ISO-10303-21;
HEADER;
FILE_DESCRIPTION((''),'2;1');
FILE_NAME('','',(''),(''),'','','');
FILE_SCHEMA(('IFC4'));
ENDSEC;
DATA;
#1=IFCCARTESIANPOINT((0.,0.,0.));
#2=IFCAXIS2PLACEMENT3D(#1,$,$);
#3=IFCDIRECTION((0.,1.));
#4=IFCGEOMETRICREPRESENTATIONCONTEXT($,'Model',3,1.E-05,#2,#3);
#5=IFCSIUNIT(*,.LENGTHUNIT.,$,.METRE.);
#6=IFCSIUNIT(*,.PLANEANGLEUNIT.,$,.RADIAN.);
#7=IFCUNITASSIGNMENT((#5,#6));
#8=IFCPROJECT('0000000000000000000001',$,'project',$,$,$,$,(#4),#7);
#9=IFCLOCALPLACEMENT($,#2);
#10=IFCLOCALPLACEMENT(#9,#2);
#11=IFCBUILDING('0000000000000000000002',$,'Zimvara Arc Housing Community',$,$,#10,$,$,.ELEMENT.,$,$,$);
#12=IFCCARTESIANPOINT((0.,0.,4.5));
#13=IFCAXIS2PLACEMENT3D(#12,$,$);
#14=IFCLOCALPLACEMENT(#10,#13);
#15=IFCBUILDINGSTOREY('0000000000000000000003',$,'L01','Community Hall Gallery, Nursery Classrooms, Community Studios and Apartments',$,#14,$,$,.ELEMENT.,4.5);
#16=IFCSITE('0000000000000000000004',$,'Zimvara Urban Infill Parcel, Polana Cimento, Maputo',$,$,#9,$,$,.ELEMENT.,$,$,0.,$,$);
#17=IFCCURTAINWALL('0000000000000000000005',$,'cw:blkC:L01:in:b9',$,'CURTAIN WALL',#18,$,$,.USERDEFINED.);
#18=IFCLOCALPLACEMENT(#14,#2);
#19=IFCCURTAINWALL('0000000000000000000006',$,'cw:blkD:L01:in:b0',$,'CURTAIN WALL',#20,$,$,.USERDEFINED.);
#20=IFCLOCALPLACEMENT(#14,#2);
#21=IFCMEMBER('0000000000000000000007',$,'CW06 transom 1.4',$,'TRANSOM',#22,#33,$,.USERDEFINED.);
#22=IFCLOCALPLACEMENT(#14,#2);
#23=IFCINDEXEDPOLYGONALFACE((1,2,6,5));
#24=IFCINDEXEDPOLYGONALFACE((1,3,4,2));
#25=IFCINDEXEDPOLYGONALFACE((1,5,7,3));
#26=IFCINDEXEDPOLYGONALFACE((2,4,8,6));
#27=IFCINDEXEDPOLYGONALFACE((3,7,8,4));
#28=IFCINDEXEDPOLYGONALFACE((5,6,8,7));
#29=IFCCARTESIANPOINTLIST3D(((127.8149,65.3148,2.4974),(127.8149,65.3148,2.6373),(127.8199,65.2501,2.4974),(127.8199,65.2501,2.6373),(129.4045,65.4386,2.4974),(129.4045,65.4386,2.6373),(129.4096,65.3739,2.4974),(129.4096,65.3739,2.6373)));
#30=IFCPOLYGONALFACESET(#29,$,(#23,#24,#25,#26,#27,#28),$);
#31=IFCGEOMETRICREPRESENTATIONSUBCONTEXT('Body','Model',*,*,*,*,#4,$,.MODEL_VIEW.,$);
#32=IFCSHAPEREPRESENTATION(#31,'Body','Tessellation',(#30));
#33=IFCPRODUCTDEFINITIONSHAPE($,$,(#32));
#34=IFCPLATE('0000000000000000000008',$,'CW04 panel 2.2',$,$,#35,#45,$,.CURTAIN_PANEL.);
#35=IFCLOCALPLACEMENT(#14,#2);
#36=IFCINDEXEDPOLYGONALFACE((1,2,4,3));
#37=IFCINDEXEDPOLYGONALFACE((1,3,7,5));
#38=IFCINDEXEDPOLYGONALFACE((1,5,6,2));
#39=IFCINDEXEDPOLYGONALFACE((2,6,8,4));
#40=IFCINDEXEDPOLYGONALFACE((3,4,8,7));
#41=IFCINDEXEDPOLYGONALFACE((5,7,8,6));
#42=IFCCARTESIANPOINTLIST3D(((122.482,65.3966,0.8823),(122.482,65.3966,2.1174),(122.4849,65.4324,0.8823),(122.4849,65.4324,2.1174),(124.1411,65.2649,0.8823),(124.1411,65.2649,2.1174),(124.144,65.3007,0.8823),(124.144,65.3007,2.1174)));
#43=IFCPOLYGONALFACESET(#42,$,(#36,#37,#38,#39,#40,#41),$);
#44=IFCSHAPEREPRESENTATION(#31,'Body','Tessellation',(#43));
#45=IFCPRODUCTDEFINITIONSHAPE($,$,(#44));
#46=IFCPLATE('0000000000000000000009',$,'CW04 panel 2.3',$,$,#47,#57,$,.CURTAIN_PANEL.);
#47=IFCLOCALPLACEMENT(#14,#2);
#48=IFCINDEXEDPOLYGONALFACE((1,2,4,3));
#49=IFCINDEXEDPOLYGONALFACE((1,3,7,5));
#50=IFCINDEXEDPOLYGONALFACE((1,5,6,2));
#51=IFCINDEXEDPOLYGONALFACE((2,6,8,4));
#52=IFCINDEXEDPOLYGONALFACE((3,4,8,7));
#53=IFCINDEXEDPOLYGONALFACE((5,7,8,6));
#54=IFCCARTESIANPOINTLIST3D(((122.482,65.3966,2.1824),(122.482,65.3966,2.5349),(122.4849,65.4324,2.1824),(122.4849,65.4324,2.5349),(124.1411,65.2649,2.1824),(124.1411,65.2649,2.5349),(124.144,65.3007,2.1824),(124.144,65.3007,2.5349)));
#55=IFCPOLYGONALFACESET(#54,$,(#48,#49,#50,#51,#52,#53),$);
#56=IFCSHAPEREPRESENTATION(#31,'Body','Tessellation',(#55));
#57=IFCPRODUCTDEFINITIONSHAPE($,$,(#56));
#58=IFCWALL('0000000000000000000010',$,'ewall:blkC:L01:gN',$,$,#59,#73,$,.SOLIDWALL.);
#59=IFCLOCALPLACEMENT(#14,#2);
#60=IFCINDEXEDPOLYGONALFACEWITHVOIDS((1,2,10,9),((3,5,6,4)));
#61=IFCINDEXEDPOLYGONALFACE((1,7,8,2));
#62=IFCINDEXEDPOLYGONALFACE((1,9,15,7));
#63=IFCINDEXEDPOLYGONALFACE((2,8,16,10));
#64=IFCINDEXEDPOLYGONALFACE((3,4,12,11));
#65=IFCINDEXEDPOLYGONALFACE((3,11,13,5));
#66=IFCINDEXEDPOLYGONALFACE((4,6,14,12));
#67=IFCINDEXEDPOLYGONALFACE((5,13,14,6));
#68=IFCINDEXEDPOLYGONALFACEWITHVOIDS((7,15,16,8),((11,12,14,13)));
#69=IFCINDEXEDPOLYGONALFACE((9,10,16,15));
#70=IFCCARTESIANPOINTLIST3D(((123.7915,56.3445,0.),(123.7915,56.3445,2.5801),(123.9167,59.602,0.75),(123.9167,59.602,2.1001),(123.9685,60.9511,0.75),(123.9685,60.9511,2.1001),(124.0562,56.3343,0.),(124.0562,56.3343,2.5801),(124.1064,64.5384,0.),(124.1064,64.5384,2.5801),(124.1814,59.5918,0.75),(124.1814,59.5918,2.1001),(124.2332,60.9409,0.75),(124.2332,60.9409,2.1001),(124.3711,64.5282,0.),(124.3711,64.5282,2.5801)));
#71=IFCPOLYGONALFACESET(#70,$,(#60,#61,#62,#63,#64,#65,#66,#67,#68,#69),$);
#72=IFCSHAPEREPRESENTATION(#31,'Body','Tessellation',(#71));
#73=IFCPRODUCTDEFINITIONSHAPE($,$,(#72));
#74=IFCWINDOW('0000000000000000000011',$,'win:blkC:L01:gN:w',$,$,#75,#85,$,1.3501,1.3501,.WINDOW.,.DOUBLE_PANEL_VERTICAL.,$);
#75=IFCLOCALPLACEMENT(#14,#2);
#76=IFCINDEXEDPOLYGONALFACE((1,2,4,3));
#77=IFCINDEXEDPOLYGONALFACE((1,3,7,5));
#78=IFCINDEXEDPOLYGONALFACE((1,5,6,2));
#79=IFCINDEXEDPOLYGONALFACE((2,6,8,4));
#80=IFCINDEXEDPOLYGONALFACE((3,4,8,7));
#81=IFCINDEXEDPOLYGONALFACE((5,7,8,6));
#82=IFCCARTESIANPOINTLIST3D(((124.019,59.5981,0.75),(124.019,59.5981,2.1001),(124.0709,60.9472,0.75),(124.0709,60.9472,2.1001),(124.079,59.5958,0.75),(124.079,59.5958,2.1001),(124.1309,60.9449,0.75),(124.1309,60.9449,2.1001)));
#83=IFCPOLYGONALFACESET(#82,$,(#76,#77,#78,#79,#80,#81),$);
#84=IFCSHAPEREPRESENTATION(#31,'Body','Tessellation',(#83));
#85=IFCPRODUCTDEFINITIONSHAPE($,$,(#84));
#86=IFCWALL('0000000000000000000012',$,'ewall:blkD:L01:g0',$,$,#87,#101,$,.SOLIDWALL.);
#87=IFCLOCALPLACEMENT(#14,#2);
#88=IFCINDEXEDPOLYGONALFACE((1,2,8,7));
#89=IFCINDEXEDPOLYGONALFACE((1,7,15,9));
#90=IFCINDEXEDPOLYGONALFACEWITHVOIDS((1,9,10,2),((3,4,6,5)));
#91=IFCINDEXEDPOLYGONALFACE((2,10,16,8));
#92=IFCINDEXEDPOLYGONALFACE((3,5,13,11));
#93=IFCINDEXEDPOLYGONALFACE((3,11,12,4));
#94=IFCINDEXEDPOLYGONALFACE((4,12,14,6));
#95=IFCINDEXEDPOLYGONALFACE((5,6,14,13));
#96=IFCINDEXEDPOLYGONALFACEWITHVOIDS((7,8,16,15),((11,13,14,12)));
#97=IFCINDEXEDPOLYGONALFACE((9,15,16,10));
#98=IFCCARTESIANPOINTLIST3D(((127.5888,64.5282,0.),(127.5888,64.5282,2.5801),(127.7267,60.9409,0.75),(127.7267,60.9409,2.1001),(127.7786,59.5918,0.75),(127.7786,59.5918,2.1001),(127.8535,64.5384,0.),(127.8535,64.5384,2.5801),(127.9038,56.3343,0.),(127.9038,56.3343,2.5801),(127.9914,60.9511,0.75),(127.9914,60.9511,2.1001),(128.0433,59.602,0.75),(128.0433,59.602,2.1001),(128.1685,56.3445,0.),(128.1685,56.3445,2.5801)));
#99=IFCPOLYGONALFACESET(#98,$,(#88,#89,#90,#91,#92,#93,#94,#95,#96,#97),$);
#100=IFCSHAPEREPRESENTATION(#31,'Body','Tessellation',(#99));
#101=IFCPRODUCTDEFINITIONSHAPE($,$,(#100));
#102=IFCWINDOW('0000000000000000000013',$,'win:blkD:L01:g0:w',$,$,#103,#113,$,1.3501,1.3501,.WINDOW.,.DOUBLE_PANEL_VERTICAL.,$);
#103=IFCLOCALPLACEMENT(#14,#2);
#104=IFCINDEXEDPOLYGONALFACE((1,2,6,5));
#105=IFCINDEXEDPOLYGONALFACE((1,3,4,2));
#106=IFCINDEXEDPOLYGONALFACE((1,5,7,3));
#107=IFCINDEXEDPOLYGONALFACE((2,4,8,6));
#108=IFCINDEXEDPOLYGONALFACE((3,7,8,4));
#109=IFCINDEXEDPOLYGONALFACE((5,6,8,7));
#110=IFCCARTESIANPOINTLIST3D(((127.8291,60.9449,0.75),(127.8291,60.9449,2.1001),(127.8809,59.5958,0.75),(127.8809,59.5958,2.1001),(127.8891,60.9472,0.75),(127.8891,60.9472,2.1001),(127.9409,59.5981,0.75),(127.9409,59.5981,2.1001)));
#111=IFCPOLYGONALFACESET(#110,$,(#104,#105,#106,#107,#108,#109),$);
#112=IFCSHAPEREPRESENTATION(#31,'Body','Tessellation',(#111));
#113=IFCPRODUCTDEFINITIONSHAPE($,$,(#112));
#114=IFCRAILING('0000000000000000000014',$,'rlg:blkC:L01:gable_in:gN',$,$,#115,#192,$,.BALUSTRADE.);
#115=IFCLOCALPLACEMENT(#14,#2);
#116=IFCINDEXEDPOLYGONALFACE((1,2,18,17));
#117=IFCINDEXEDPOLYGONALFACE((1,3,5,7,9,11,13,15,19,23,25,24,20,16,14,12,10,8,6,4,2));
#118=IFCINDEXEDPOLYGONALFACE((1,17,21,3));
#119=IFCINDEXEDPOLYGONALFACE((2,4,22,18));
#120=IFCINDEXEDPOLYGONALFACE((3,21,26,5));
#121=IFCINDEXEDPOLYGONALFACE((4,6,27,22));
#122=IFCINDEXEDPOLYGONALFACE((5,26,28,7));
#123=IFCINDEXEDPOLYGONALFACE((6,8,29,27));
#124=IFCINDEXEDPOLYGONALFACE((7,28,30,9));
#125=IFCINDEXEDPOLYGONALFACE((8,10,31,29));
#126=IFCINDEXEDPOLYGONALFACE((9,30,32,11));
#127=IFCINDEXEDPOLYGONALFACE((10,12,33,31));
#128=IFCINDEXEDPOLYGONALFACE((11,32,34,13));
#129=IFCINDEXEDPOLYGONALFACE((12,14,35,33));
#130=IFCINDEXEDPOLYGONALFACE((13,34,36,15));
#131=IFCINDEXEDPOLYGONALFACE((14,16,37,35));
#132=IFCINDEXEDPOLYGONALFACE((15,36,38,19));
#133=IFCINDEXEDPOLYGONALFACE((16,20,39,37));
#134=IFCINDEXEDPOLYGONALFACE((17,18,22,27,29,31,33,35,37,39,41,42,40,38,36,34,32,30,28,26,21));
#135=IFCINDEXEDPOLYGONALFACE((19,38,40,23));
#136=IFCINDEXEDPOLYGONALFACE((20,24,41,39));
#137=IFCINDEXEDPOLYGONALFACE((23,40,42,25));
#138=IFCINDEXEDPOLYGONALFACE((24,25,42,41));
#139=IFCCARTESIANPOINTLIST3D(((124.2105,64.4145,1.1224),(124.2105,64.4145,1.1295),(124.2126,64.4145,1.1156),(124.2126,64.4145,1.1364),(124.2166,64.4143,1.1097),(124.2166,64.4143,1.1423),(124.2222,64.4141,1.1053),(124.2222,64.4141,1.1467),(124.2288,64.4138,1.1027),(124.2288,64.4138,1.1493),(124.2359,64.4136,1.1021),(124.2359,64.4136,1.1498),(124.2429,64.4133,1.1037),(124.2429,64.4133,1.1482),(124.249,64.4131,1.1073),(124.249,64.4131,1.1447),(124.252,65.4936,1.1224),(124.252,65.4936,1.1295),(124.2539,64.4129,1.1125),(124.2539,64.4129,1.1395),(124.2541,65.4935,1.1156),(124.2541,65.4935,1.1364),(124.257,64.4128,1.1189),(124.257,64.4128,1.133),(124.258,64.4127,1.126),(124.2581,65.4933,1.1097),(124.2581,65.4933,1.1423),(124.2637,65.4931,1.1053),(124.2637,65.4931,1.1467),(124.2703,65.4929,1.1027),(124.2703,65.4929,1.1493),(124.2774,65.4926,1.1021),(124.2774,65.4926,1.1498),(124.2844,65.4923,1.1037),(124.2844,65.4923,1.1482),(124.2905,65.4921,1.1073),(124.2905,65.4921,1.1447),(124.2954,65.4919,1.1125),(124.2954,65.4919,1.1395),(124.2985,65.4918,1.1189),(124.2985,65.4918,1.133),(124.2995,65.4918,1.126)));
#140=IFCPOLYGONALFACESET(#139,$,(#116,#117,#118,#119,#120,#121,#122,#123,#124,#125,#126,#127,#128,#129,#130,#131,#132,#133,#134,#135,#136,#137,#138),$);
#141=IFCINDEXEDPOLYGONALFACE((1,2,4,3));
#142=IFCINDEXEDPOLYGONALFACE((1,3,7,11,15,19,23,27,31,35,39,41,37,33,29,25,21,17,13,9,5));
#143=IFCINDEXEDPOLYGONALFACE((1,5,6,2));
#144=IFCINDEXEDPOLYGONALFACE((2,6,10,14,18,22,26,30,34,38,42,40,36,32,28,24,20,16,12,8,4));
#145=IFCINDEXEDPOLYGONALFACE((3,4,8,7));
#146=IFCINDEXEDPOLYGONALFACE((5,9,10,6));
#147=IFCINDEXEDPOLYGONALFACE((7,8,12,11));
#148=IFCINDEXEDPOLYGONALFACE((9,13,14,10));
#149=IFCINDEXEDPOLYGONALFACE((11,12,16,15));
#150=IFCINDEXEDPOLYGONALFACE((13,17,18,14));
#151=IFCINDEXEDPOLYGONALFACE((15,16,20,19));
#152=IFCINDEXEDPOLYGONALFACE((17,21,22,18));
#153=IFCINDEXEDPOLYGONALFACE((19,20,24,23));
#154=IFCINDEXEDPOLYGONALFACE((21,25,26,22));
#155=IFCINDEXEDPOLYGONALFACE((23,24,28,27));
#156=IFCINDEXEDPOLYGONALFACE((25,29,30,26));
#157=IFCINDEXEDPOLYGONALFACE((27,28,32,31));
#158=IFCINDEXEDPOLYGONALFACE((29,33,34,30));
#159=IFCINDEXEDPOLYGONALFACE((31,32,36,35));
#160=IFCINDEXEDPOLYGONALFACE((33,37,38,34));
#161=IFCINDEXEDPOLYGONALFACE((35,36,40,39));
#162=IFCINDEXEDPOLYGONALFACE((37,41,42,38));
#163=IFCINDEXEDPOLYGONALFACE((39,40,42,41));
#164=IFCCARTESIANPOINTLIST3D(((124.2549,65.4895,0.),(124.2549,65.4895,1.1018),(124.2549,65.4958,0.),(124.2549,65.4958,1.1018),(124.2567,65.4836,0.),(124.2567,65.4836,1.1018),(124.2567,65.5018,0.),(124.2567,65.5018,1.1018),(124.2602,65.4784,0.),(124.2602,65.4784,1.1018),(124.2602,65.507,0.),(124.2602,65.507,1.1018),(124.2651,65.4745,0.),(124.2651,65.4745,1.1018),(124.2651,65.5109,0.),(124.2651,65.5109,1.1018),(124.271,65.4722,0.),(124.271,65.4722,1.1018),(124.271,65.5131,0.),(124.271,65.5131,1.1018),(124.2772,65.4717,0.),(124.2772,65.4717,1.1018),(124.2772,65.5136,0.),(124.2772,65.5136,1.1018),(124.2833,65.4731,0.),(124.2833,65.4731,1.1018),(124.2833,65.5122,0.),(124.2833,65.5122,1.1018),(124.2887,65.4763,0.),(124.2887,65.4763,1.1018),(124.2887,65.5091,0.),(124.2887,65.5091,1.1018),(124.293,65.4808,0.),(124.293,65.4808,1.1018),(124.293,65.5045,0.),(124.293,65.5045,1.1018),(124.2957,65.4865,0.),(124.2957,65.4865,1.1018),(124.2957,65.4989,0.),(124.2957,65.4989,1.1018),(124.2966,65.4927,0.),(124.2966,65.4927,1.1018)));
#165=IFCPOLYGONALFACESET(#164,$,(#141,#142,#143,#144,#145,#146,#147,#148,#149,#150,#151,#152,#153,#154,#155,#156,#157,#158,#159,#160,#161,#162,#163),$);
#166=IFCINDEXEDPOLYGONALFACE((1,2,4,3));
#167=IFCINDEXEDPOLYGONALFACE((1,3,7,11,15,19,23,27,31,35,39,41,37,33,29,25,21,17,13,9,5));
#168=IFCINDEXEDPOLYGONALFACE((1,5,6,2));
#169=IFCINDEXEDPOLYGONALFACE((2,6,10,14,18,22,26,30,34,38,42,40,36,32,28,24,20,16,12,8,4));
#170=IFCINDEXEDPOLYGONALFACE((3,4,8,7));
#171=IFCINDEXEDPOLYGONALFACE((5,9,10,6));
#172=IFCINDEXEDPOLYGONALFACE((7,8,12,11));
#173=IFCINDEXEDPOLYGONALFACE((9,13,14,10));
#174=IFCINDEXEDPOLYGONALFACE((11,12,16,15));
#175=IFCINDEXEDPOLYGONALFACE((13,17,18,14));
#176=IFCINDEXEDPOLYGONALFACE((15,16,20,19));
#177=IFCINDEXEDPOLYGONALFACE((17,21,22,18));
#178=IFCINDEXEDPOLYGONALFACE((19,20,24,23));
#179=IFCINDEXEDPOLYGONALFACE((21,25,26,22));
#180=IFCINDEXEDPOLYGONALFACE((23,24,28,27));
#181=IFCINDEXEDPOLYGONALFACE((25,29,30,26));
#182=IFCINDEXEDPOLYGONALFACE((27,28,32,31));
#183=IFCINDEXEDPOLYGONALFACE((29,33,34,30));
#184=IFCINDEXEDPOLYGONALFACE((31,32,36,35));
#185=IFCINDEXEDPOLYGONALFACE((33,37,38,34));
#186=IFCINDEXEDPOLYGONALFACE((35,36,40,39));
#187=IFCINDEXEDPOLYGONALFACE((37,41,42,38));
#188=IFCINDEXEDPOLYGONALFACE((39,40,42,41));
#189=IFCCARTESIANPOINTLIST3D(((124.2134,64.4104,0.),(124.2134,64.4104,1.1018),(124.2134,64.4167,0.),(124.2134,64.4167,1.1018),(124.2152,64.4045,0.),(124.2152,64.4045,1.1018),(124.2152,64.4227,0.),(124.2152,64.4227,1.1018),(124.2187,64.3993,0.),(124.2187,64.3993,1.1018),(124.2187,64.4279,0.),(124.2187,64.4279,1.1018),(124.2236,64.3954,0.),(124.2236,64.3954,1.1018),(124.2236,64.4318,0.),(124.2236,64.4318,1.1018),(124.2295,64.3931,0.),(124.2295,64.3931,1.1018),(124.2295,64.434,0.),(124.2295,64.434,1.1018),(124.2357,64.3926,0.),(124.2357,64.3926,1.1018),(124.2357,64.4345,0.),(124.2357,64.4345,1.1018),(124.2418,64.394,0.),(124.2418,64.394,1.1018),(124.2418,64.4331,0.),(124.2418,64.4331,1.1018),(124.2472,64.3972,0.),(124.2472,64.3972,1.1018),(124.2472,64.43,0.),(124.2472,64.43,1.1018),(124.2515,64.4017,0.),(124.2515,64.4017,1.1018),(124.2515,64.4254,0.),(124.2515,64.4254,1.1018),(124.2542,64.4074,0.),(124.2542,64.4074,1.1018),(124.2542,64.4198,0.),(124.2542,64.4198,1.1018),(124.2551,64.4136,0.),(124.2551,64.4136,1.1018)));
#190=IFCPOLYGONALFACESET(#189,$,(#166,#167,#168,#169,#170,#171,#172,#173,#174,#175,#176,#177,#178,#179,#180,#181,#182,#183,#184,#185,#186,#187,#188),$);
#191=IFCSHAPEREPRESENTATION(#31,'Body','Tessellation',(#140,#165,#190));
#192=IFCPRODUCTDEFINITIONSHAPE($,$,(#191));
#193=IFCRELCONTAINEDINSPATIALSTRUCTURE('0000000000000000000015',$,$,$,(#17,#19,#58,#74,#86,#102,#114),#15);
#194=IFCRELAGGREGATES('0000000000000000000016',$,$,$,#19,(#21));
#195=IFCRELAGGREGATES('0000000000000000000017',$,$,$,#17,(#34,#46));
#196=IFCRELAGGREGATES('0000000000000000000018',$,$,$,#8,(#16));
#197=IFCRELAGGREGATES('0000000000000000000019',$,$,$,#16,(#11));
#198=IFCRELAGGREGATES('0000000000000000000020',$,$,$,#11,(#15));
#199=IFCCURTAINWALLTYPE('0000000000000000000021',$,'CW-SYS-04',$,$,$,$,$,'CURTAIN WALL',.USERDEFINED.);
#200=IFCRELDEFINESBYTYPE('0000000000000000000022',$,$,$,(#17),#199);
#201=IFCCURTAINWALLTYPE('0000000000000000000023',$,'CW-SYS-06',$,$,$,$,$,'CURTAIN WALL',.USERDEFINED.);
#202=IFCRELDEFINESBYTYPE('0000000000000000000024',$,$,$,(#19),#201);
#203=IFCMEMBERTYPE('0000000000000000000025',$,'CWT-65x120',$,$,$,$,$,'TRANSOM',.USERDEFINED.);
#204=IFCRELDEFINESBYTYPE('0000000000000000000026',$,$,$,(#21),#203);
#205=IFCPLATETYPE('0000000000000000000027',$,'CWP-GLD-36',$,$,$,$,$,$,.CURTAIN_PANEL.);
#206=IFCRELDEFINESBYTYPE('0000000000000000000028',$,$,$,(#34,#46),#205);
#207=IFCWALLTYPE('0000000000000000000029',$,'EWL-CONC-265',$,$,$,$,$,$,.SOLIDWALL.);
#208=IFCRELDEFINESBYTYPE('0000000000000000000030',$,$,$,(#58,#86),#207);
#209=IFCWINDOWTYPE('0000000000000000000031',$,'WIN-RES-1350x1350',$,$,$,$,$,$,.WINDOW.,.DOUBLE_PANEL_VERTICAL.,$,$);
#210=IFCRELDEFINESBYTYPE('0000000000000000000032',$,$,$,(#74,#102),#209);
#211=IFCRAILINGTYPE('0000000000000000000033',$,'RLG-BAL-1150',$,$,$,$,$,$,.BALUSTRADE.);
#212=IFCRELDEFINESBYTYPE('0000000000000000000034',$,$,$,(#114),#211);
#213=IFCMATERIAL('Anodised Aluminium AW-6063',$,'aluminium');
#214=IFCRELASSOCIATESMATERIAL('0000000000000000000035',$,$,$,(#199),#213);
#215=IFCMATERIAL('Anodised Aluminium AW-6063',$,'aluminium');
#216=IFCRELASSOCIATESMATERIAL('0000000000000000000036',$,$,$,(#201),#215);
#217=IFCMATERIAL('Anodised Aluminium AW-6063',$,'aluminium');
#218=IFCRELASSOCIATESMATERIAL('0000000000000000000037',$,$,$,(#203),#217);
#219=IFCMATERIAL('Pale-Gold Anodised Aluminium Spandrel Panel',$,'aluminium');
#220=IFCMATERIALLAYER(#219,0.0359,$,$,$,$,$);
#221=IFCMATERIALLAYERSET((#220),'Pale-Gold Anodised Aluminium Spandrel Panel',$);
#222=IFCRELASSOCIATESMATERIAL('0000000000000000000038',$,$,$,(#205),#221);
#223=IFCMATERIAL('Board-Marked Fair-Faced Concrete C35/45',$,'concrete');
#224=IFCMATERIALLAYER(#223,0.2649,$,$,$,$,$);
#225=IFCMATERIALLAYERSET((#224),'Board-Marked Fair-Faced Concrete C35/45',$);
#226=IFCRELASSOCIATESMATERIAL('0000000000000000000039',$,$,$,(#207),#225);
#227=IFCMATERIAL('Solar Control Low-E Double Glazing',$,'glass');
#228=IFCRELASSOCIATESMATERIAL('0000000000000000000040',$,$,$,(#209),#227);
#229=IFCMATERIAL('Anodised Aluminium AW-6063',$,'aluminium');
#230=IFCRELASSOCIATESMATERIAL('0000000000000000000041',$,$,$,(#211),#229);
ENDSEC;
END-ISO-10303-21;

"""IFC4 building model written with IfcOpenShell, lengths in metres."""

from ifc_helpers import new_model, si_unit, direction, frame, frame_2d, origin, origin_2d, place, context, subcontext, project, spatial, rectangle, circle, extrude, material, layer, layer_set, material_profile, profile_set, type_object, element, fill, aggregate, save


model = new_model("IFC4")

# Units and contexts
model_context = context("Model", 3, precision=1e-05, world=origin(), true_north=direction((0.0, 1.0)))
body_context = subcontext(model_context, "Body", "Model", "MODEL_VIEW")
ifc_project = project(units=[si_unit("LENGTHUNIT", "METRE"), si_unit("PLANEANGLEUNIT", "RADIAN")], contexts=[model_context])

# Site, building, storey
site_placement = place(None, origin())
site = spatial("IfcSite", under=ifc_project, at=site_placement, Name="Zimvara Urban Infill Parcel, Polana Cimento, Maputo", CompositionType="ELEMENT", RefElevation=0.0)
building_placement = place(site_placement, origin())
building = spatial("IfcBuilding", under=site, at=building_placement, Name="Zimvara Arc Housing Community", CompositionType="ELEMENT")
storey_placement = place(building_placement, frame((0.0, 0.0, 4.5)))
storey = spatial("IfcBuildingStorey", under=building, at=storey_placement, Name="L01", Description="Community Hall Gallery, Nursery Classrooms, Community Studios and Apartments", CompositionType="ELEMENT", Elevation=4.5)

# Curtain wall
ifc_material_1 = material(Name="Anodised Aluminium AW-6063", Category="aluminium")
curtain_wall_type_1 = type_object("IfcCurtainWallType", Name="CW-SYS-04", ElementType="CURTAIN WALL", PredefinedType="USERDEFINED", material=ifc_material_1)
curtain_wall_1_placement = place(storey_placement, origin())
curtain_wall_1 = element("IfcCurtainWall", 1, at=curtain_wall_1_placement, inside=storey, type_object=curtain_wall_type_1, Name="cw:blkC:L01:in:b9", ObjectType="CURTAIN WALL", PredefinedType="USERDEFINED")

# Curtain wall, member
ifc_material_2 = material(Name="Anodised Aluminium AW-6063", Category="aluminium")
curtain_wall_type_2 = type_object("IfcCurtainWallType", Name="CW-SYS-06", ElementType="CURTAIN WALL", PredefinedType="USERDEFINED", material=ifc_material_2)
curtain_wall_2_placement = place(storey_placement, origin())
curtain_wall_2 = element("IfcCurtainWall", 2, at=curtain_wall_2_placement, inside=storey, type_object=curtain_wall_type_2, Name="cw:blkD:L01:in:b0", ObjectType="CURTAIN WALL", PredefinedType="USERDEFINED")
ifc_material_3 = material(Name="Anodised Aluminium AW-6063", Category="aluminium")
ifc_material_profile_1 = material_profile(ifc_material_3, rectangle(XDim=0.0649, YDim=0.1399, at=origin_2d()), Name="ALU 65x140")
ifc_profile_set_1 = profile_set([ifc_material_profile_1], Name="Anodised Aluminium AW-6063")
member_type_1 = type_object("IfcMemberType", Name="CWT-65x120", ElementType="TRANSOM", PredefinedType="USERDEFINED", material=ifc_profile_set_1)
member_1_placement = place(storey_placement, frame((127.8174, 65.2825, 2.5674), z_axis=(0.996982, 0.077633, 0.0), x_axis=(-0.077633, 0.996982, 0.0)))
member_1 = element("IfcMember", 3, at=member_1_placement, type_object=member_type_1, Name="CW06 transom 1.4", ObjectType="TRANSOM", PredefinedType="USERDEFINED", context=body_context, shape_type="SweptSolid", body=[
    extrude(rectangle(XDim=0.0649, YDim=0.1399, at=origin_2d()), origin(), (0.0, 0.0, 1.0), 1.5945),
])
aggregate(curtain_wall_2, [member_1])

# Plates
ifc_material_4 = material(Name="Pale-Gold Anodised Aluminium Spandrel Panel", Category="aluminium")
ifc_layer_1 = layer(ifc_material_4, 0.0359)
ifc_layer_set_1 = layer_set([ifc_layer_1], Name="Pale-Gold Anodised Aluminium Spandrel Panel")
plate_type = type_object("IfcPlateType", Name="CWP-GLD-36", PredefinedType="CURTAIN_PANEL", material=ifc_layer_set_1)
plate_1_placement = place(storey_placement, frame((123.313, 65.3486, 0.8823), z_axis=(0.0, 0.0, 1.0), x_axis=(0.996862, -0.079155, 0.0)))
plate_1 = element("IfcPlate", 4, at=plate_1_placement, type_object=plate_type, Name="CW04 panel 2.2", PredefinedType="CURTAIN_PANEL", context=body_context, shape_type="SweptSolid", body=[
    extrude(rectangle(XDim=1.6643, YDim=0.0359, at=origin_2d()), origin(), (0.0, 0.0, 1.0), 1.2351),
])
plate_2_placement = place(storey_placement, frame((123.313, 65.3486, 2.1824), z_axis=(0.0, 0.0, 1.0), x_axis=(0.996862, -0.079155, 0.0)))
plate_2 = element("IfcPlate", 5, at=plate_2_placement, type_object=plate_type, Name="CW04 panel 2.3", PredefinedType="CURTAIN_PANEL", context=body_context, shape_type="SweptSolid", body=[
    extrude(rectangle(XDim=1.6643, YDim=0.0359, at=origin_2d()), origin(), (0.0, 0.0, 1.0), 0.3525),
])
aggregate(curtain_wall_1, [plate_1, plate_2])

# Walls, openings, windows
ifc_material_5 = material(Name="Board-Marked Fair-Faced Concrete C35/45", Category="concrete")
ifc_layer_2 = layer(ifc_material_5, 0.2649)
ifc_layer_set_2 = layer_set([ifc_layer_2], Name="Board-Marked Fair-Faced Concrete C35/45")
wall_type = type_object("IfcWallType", Name="EWL-CONC-265", PredefinedType="SOLIDWALL", material=ifc_layer_set_2)
wall_1_placement = place(storey_placement, frame((124.2388, 64.5334, 0.0), z_axis=(0.0, 0.0, 1.0), x_axis=(-0.038408, -0.999262, 0.0)))
wall_1 = element("IfcWall", 6, at=wall_1_placement, inside=storey, type_object=wall_type, Name="ewall:blkC:L01:gN", PredefinedType="SOLIDWALL", context=body_context, shape_type="SweptSolid", body=[
    extrude(rectangle(XDim=8.2, YDim=0.2649, at=frame_2d((4.1001, 0.0))), origin(), (0.0, 0.0, 1.0), 2.5801),
])
opening_1_placement = place(wall_1_placement, frame((3.5901, 0.0, 0.75)))
opening_1 = element("IfcOpeningElement", 7, at=opening_1_placement, cuts=wall_1, PredefinedType="OPENING", context=body_context, shape_type="SweptSolid", body=[
    extrude(rectangle(XDim=1.3501, YDim=1.3501, at=frame_2d((0.675, 0.675))), frame((0.0, 0.1423, 0.0), z_axis=(0.0, -1.0, 0.0), x_axis=(1.0, 0.0, 0.0)), (0.0, 0.0, 1.0), 0.2849),
])
ifc_material_6 = material(Name="Solar Control Low-E Double Glazing", Category="glass")
window_type = type_object("IfcWindowType", Name="WIN-RES-1350x1350", PartitioningType="DOUBLE_PANEL_VERTICAL", PredefinedType="WINDOW", material=ifc_material_6)
window_1_placement = place(opening_1_placement, origin())
window_1 = element("IfcWindow", 8, at=window_1_placement, inside=storey, type_object=window_type, Name="win:blkC:L01:gN:w", OverallHeight=1.3501, OverallWidth=1.3501, PartitioningType="DOUBLE_PANEL_VERTICAL", PredefinedType="WINDOW", context=body_context, shape_type="SweptSolid", body=[
    extrude(rectangle(XDim=1.3501, YDim=1.3501, at=frame_2d((0.675, 0.675))), frame((0.0, 0.03, 0.0), z_axis=(0.0, -1.0, 0.0), x_axis=(1.0, 0.0, 0.0)), (0.0, 0.0, 1.0), 0.0601),
])
fill(opening_1, window_1)
wall_2_placement = place(storey_placement, frame((127.7212, 64.5334, 0.0), z_axis=(0.0, 0.0, 1.0), x_axis=(0.038408, -0.999262, 0.0)))
wall_2 = element("IfcWall", 9, at=wall_2_placement, inside=storey, type_object=wall_type, Name="ewall:blkD:L01:g0", PredefinedType="SOLIDWALL", context=body_context, shape_type="SweptSolid", body=[
    extrude(rectangle(XDim=8.2, YDim=0.2649, at=frame_2d((4.1001, 0.0))), origin(), (0.0, 0.0, 1.0), 2.5801),
])
opening_2_placement = place(wall_2_placement, frame((3.5901, 0.0, 0.75)))
opening_2 = element("IfcOpeningElement", 10, at=opening_2_placement, cuts=wall_2, PredefinedType="OPENING", context=body_context, shape_type="SweptSolid", body=[
    extrude(rectangle(XDim=1.3501, YDim=1.3501, at=frame_2d((0.675, 0.675))), frame((0.0, 0.1423, 0.0), z_axis=(0.0, -1.0, 0.0), x_axis=(1.0, 0.0, 0.0)), (0.0, 0.0, 1.0), 0.2849),
])
window_2_placement = place(opening_2_placement, origin())
window_2 = element("IfcWindow", 11, at=window_2_placement, inside=storey, type_object=window_type, Name="win:blkD:L01:g0:w", OverallHeight=1.3501, OverallWidth=1.3501, PartitioningType="DOUBLE_PANEL_VERTICAL", PredefinedType="WINDOW", context=body_context, shape_type="SweptSolid", body=[
    extrude(rectangle(XDim=1.3501, YDim=1.3501, at=frame_2d((0.675, 0.675))), frame((0.0, 0.03, 0.0), z_axis=(0.0, -1.0, 0.0), x_axis=(1.0, 0.0, 0.0)), (0.0, 0.0, 1.0), 0.0601),
])
fill(opening_2, window_2)

# Railing
ifc_material_7 = material(Name="Anodised Aluminium AW-6063", Category="aluminium")
railing_type = type_object("IfcRailingType", Name="RLG-BAL-1150", PredefinedType="BALUSTRADE", material=ifc_material_7)
railing_1_placement = place(storey_placement, frame((124.2756, 65.4927, 0.0)))
element("IfcRailing", 12, at=railing_1_placement, inside=storey, type_object=railing_type, Name="rlg:blkC:L01:gable_in:gN", PredefinedType="BALUSTRADE", context=body_context, shape_type="SweptSolid", body=[
    extrude(circle(Radius=0.0239, at=origin_2d()), frame((0.0, 0.0, 1.126), z_axis=(-0.038433, -0.999261, 0.0), x_axis=(0.999261, -0.038433, 0.0)), (0.0, 0.0, 1.0), 1.0798),
    extrude(circle(Radius=0.021, at=origin_2d()), origin(), (0.0, 0.0, 1.0), 1.1018),
    extrude(circle(Radius=0.021, at=origin_2d()), frame((-0.0415, -1.0791, 0.0)), (0.0, 0.0, 1.0), 1.1018),
])

save(model, "model.ifc")
